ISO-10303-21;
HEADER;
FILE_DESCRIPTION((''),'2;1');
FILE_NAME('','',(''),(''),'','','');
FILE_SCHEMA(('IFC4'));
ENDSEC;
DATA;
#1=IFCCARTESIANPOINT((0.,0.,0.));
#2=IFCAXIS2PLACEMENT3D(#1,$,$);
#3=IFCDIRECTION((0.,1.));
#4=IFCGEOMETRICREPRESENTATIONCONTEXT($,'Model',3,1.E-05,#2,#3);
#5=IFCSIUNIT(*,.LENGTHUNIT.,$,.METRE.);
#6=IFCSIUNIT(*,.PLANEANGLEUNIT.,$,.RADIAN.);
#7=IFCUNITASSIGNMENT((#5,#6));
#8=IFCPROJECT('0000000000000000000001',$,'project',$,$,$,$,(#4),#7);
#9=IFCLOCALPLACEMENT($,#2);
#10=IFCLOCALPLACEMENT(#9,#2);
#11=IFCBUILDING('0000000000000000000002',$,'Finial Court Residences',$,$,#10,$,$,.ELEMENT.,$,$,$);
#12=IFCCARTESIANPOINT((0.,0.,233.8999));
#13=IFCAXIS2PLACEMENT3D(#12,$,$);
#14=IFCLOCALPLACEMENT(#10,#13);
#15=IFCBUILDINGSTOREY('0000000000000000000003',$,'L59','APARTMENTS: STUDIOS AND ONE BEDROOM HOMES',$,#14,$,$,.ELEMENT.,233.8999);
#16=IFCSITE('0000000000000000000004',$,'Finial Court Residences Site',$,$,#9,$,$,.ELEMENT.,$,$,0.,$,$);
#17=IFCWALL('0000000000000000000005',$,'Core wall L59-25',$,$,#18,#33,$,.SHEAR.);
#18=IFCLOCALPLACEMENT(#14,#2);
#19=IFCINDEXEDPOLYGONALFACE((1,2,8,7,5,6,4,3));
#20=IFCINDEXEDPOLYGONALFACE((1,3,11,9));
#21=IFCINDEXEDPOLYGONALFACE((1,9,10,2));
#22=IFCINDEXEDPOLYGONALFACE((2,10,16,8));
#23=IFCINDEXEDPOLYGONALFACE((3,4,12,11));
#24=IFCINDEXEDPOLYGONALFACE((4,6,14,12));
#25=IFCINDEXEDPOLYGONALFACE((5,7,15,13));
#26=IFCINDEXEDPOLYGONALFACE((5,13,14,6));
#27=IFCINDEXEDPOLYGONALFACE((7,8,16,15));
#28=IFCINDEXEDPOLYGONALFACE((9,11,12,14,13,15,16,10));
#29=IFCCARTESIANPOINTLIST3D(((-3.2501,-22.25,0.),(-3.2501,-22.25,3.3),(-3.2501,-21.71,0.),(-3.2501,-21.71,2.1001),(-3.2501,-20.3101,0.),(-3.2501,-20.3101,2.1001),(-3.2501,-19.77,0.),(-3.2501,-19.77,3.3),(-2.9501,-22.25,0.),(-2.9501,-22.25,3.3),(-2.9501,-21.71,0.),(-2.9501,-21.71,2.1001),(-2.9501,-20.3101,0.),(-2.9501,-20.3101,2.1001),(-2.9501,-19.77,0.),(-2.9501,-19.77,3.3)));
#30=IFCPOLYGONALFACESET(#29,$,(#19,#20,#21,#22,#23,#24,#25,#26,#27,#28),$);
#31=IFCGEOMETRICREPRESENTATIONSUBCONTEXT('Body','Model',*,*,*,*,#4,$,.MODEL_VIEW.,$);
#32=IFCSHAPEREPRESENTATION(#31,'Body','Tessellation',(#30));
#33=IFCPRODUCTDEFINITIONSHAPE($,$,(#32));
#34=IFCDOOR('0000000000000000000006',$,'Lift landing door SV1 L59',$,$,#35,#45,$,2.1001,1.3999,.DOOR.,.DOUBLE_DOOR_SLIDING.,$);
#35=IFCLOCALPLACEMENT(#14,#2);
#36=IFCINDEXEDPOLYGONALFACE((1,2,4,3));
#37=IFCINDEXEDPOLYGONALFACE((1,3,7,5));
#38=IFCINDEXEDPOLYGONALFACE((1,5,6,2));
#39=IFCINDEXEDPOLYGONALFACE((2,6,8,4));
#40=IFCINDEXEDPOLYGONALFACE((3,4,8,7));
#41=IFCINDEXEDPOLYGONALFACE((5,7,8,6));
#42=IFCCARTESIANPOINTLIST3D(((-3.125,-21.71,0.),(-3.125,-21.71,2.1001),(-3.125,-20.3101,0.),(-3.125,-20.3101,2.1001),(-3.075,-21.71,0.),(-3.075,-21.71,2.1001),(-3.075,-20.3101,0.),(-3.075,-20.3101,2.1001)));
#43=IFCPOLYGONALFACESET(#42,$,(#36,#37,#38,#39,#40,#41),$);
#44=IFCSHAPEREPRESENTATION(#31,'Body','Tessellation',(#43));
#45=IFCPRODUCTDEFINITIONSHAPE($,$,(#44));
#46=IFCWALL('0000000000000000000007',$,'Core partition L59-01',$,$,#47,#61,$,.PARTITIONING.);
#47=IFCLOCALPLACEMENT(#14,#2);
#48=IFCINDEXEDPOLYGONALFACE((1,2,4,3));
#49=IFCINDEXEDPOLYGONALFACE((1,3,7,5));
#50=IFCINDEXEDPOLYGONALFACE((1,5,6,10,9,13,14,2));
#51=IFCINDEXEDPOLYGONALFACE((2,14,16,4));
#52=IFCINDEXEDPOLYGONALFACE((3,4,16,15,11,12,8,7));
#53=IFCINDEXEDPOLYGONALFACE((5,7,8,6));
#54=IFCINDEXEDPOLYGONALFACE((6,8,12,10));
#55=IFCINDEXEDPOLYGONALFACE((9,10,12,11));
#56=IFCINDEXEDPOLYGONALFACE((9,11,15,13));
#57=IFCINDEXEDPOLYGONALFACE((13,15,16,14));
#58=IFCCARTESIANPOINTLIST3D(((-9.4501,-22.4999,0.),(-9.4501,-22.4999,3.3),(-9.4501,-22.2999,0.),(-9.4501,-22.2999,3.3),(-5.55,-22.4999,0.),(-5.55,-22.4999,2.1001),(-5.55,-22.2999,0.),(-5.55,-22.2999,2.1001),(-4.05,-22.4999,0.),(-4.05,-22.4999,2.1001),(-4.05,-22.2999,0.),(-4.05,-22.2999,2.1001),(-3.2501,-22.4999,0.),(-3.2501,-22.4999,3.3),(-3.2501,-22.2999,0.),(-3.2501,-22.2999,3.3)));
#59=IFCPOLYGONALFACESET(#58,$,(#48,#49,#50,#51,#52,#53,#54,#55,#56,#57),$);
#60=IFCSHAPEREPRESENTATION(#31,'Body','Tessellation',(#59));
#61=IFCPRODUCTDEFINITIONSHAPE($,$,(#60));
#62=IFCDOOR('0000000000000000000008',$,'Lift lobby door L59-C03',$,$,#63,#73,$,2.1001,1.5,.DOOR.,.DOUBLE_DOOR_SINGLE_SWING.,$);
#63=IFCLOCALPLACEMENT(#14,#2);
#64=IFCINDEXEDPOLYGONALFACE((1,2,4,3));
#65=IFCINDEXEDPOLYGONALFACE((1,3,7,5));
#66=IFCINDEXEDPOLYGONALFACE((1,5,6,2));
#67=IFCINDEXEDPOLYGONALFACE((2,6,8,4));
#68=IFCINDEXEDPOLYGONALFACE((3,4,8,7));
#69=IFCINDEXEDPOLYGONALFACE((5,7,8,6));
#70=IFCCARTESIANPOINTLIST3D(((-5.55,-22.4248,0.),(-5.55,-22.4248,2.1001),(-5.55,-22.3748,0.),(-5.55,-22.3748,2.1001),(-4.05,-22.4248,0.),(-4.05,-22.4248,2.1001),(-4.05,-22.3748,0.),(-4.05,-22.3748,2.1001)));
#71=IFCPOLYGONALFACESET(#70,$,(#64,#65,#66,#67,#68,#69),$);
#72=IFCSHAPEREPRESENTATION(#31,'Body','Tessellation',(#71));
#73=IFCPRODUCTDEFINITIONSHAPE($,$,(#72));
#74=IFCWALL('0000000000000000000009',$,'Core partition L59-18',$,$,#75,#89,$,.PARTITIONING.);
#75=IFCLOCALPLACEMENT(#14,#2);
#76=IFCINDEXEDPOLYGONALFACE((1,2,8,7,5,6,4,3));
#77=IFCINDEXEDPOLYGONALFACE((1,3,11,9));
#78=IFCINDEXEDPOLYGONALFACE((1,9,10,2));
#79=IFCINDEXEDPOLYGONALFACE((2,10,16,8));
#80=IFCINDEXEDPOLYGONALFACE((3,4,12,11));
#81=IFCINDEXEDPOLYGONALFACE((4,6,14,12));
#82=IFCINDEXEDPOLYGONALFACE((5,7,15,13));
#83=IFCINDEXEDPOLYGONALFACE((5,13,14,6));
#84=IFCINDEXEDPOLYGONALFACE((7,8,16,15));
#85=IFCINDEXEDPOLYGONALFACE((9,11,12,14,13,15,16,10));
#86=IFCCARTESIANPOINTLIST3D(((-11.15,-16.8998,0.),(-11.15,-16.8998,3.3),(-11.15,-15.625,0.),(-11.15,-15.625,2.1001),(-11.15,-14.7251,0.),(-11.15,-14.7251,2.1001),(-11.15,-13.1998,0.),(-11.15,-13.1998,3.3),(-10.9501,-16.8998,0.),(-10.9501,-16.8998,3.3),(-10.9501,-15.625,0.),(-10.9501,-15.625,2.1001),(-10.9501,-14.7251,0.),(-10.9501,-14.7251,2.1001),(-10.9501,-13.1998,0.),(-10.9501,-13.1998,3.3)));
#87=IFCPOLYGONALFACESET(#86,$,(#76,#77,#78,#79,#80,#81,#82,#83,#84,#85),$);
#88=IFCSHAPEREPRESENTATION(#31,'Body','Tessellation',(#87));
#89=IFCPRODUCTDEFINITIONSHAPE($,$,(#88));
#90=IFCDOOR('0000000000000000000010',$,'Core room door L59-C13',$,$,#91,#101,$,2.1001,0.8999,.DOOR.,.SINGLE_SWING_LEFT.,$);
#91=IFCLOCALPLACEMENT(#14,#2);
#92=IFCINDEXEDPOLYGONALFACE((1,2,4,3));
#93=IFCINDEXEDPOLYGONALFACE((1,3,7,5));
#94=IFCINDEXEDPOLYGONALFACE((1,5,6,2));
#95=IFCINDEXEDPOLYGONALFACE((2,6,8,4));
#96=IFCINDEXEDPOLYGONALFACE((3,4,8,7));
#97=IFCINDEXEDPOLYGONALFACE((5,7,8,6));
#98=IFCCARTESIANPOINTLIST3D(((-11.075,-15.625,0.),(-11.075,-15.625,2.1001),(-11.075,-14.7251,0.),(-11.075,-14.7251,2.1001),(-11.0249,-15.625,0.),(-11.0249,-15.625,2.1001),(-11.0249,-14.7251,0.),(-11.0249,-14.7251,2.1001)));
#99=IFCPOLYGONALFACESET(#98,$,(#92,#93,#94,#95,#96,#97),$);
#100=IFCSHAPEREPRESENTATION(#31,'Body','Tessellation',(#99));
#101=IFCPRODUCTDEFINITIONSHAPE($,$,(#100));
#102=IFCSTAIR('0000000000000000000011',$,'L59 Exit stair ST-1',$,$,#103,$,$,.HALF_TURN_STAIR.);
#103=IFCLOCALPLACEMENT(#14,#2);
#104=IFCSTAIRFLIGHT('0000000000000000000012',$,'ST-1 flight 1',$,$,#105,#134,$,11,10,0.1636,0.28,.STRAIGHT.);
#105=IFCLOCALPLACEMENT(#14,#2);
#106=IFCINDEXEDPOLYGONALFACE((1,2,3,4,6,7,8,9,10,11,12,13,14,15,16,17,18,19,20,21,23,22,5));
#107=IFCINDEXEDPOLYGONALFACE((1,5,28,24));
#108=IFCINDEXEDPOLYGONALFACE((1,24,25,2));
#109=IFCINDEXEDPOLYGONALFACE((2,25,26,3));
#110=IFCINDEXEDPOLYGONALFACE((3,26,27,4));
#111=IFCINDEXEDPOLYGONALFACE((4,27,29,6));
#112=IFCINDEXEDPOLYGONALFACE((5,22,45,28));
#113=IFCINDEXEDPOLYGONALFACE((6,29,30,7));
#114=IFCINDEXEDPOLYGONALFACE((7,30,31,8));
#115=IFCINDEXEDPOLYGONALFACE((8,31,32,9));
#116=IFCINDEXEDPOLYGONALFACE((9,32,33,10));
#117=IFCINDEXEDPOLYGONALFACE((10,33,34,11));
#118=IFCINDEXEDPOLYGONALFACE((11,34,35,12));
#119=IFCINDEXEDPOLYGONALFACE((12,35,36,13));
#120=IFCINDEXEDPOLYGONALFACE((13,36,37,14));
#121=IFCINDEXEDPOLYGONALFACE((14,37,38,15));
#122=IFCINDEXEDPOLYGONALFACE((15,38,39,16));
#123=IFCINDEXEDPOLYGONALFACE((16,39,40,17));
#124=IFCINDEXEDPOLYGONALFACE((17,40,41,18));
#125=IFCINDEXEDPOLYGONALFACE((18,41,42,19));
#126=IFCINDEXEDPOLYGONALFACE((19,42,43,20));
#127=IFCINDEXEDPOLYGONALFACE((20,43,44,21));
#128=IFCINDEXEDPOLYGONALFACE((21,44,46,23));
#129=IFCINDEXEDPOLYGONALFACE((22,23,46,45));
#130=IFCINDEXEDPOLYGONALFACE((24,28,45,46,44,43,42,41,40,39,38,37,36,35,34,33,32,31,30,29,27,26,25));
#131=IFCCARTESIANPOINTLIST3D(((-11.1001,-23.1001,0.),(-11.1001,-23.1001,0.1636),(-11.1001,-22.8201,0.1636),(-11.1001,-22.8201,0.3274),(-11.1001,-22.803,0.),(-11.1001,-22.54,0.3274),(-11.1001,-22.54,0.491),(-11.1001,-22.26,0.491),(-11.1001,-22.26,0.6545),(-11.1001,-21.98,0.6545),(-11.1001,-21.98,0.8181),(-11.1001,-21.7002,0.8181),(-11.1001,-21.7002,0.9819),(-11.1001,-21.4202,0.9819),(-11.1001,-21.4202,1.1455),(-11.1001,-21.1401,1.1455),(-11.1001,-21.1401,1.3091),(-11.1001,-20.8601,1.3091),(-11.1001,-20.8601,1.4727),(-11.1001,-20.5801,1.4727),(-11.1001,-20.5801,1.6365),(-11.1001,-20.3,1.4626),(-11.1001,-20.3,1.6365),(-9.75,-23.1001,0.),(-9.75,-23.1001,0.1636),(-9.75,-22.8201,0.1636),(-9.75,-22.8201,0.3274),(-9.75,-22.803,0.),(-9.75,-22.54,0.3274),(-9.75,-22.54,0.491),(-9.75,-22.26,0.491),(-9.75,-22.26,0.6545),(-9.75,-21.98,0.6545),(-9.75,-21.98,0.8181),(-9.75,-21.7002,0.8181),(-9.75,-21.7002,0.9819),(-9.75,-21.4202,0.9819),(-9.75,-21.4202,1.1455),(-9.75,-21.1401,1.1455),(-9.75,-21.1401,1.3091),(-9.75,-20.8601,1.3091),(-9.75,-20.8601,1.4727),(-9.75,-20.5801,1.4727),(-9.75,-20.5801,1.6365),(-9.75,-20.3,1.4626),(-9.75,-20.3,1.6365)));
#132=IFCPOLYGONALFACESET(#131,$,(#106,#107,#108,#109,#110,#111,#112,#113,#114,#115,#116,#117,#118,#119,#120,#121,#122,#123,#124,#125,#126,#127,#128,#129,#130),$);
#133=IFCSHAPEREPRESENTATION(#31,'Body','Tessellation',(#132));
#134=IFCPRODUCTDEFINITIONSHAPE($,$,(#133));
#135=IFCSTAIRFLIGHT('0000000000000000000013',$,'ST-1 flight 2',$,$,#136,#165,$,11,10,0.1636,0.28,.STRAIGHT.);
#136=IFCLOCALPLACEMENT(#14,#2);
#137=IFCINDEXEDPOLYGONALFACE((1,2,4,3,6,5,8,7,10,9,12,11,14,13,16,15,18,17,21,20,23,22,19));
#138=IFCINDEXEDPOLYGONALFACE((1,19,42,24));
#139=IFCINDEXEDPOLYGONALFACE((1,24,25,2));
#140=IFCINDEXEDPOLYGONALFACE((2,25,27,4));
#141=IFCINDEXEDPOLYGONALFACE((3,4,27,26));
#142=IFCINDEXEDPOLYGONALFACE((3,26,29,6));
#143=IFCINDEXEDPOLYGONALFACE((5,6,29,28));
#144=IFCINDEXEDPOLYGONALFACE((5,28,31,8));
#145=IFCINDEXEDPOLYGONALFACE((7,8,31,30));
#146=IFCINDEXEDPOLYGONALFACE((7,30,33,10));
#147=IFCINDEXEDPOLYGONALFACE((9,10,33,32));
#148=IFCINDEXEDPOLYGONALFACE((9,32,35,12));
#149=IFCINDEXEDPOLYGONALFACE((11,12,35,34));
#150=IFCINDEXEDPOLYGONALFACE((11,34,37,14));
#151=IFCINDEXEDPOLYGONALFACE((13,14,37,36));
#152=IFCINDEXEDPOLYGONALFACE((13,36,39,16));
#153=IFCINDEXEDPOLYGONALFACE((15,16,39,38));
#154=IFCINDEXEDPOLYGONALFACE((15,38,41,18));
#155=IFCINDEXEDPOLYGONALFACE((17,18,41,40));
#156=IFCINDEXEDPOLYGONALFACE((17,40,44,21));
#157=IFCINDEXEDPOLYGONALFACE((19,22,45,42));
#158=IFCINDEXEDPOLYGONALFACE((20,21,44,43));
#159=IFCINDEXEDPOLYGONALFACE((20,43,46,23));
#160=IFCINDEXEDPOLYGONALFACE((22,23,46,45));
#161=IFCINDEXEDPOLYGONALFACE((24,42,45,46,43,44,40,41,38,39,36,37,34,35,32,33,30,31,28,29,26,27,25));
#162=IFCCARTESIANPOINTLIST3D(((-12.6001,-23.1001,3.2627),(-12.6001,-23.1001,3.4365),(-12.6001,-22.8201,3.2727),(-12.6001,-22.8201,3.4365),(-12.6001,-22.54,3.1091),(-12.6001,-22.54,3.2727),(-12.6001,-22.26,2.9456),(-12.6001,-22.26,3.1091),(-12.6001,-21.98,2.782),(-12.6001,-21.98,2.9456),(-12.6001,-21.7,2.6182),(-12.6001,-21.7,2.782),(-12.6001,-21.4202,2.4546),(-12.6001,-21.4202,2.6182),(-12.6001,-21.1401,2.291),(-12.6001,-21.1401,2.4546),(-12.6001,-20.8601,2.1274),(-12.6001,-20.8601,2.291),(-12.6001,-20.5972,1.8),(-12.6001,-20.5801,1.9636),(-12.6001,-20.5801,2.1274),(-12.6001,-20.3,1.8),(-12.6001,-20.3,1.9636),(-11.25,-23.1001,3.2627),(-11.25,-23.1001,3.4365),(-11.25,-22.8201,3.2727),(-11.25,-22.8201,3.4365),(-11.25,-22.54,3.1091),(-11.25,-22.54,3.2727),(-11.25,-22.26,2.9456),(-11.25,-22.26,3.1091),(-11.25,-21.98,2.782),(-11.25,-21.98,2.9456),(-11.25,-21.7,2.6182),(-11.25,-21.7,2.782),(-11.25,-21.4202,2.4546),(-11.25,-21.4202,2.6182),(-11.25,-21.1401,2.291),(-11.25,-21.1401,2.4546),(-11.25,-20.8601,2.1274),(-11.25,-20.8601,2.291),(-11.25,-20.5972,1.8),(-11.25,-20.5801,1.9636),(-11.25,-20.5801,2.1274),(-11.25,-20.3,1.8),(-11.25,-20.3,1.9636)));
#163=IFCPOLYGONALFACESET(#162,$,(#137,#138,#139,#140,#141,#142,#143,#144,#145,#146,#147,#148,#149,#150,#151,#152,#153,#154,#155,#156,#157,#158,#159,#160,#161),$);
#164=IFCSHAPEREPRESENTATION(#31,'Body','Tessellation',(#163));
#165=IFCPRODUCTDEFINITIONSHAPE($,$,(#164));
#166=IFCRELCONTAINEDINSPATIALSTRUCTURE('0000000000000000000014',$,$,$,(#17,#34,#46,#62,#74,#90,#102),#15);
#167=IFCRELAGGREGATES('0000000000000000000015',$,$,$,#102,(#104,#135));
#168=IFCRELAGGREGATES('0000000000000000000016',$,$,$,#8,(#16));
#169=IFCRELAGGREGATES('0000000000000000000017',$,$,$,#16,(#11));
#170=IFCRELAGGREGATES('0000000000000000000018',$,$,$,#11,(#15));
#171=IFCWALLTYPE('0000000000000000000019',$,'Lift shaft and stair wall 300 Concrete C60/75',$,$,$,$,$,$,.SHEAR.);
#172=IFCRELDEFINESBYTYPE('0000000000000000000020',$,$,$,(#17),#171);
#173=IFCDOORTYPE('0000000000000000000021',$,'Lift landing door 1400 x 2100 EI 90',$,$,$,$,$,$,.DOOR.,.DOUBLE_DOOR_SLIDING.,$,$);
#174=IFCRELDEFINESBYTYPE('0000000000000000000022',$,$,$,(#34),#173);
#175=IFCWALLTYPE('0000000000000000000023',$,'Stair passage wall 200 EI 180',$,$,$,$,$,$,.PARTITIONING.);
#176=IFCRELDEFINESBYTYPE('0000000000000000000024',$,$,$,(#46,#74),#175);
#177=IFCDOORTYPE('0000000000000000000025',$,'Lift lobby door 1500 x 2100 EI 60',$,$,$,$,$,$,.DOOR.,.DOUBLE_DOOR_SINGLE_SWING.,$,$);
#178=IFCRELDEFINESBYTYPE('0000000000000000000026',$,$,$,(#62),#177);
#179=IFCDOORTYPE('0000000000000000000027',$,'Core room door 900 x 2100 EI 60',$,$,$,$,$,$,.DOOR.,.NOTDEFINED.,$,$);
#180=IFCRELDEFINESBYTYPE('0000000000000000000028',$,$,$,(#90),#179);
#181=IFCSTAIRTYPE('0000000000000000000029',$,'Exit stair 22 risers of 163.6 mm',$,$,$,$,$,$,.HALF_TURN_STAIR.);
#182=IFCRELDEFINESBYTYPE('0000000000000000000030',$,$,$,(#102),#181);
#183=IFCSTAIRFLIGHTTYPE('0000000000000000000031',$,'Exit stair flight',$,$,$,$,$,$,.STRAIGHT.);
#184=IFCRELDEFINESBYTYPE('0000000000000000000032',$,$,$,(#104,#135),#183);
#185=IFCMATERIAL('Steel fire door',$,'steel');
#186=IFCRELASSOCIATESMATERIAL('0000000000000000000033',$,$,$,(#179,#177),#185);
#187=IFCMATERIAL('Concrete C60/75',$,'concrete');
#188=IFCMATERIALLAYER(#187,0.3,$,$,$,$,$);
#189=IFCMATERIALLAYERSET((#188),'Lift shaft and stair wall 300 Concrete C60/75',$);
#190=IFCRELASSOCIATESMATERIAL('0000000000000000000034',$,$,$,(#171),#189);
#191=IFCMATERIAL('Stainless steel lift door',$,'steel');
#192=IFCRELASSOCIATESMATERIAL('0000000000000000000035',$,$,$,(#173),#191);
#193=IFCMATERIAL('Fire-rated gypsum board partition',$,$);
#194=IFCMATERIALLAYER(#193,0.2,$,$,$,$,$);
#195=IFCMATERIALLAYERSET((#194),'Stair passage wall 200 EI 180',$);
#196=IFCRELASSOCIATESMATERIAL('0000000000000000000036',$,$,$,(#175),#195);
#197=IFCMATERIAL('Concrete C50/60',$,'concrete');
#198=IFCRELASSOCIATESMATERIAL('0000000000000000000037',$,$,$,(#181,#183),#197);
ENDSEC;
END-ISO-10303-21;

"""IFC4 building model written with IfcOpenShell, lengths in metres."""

from ifc_helpers import new_model, si_unit, direction, frame, frame_2d, origin, place, context, subcontext, project, spatial, polyline, rectangle, outline, extrude, material, layer, layer_set, type_object, element, fill, aggregate, save


model = new_model("IFC4")

# Units and contexts
model_context = context("Model", 3, precision=1e-05, world=origin(), true_north=direction((0.0, 1.0)))
body_context = subcontext(model_context, "Body", "Model", "MODEL_VIEW")
ifc_project = project(units=[si_unit("LENGTHUNIT", "METRE"), si_unit("PLANEANGLEUNIT", "RADIAN")], contexts=[model_context])

# Site, building, storey
site_placement = place(None, origin())
site = spatial("IfcSite", under=ifc_project, at=site_placement, Name="Finial Court Residences Site", CompositionType="ELEMENT", RefElevation=0.0)
building_placement = place(site_placement, origin())
building = spatial("IfcBuilding", under=site, at=building_placement, Name="Finial Court Residences", CompositionType="ELEMENT")
storey_placement = place(building_placement, frame((0.0, 0.0, 233.8999)))
storey = spatial("IfcBuildingStorey", under=building, at=storey_placement, Name="L59", Description="APARTMENTS: STUDIOS AND ONE BEDROOM HOMES", CompositionType="ELEMENT", Elevation=233.8999)

# Shared definitions
ifc_material_1 = material(Name="Concrete C60/75", Category="concrete")

# Shared definitions
ifc_material_2 = material(Name="Fire-rated gypsum board partition")
ifc_material_3 = material(Name="Steel fire door", Category="steel")
door_type_1 = type_object("IfcDoorType", Name="Core room door 900 x 2100 EI 60", OperationType="NOTDEFINED", PredefinedType="DOOR", material=ifc_material_3)

# Shared definitions
ifc_layer_1 = layer(ifc_material_1, 0.3)
ifc_layer_set_1 = layer_set([ifc_layer_1], Name="Lift shaft and stair wall 300 Concrete C60/75")
wall_type_1 = type_object("IfcWallType", Name="Lift shaft and stair wall 300 Concrete C60/75", PredefinedType="SHEAR", material=ifc_layer_set_1)

# Walls, openings, doors
wall_1_placement = place(storey_placement, frame((-3.1001, -22.25, 0.0), z_axis=(0.0, 0.0, 1.0), x_axis=(0.0, 1.0, 0.0)))
wall_1 = element("IfcWall", 1, at=wall_1_placement, inside=storey, type_object=wall_type_1, Name="Core wall L59-25", PredefinedType="SHEAR", context=body_context, shape_type="SweptSolid", body=[
    extrude(rectangle(XDim=2.48, YDim=0.3, at=frame_2d((1.24, 0.0))), origin(), (0.0, 0.0, 1.0), 3.3),
])
opening_1_placement = place(wall_1_placement, frame((0.54, 0.0, 0.0)))
opening_1 = element("IfcOpeningElement", 2, at=opening_1_placement, cuts=wall_1, PredefinedType="OPENING", context=body_context, shape_type="SweptSolid", body=[
    extrude(rectangle(XDim=1.3999, YDim=2.1001, at=frame_2d((0.7, 1.05))), frame((0.0, 0.1599, 0.0), z_axis=(0.0, -1.0, 0.0), x_axis=(1.0, 0.0, 0.0)), (0.0, 0.0, 1.0), 0.3201),
])
ifc_material_4 = material(Name="Stainless steel lift door", Category="steel")
door_type_2 = type_object("IfcDoorType", Name="Lift landing door 1400 x 2100 EI 90", OperationType="DOUBLE_DOOR_SLIDING", PredefinedType="DOOR", material=ifc_material_4)
door_1_placement = place(opening_1_placement, origin())
door_1 = element("IfcDoor", 3, at=door_1_placement, inside=storey, type_object=door_type_2, Name="Lift landing door SV1 L59", OperationType="DOUBLE_DOOR_SLIDING", OverallHeight=2.1001, OverallWidth=1.3999, PredefinedType="DOOR", context=body_context, shape_type="SweptSolid", body=[
    extrude(rectangle(XDim=1.3999, YDim=2.1001, at=frame_2d((0.7, 1.05))), frame((0.0, 0.0249, 0.0), z_axis=(0.0, -1.0, 0.0), x_axis=(1.0, 0.0, 0.0)), (0.0, 0.0, 1.0), 0.05),
])
fill(opening_1, door_1)
ifc_layer_2 = layer(ifc_material_2, 0.2)
ifc_layer_set_2 = layer_set([ifc_layer_2], Name="Stair passage wall 200 EI 180")
wall_type_2 = type_object("IfcWallType", Name="Stair passage wall 200 EI 180", PredefinedType="PARTITIONING", material=ifc_layer_set_2)
wall_2_placement = place(storey_placement, frame((-3.25, -22.3999, 0.0), z_axis=(0.0, 0.0, 1.0), x_axis=(-1.0, 0.0, 0.0)))
wall_2 = element("IfcWall", 4, at=wall_2_placement, inside=storey, type_object=wall_type_2, Name="Core partition L59-01", PredefinedType="PARTITIONING", context=body_context, shape_type="SweptSolid", body=[
    extrude(rectangle(XDim=6.2, YDim=0.2, at=frame_2d((3.1001, 0.0))), origin(), (0.0, 0.0, 1.0), 3.3),
])
opening_2_placement = place(wall_2_placement, frame((0.8, 0.0, 0.0)))
opening_2 = element("IfcOpeningElement", 5, at=opening_2_placement, cuts=wall_2, PredefinedType="OPENING", context=body_context, shape_type="SweptSolid", body=[
    extrude(rectangle(XDim=1.5, YDim=2.1001, at=frame_2d((0.75, 1.05))), frame((0.0, 0.1099, 0.0), z_axis=(0.0, -1.0, 0.0), x_axis=(1.0, 0.0, 0.0)), (0.0, 0.0, 1.0), 0.22),
])
door_type_3 = type_object("IfcDoorType", Name="Lift lobby door 1500 x 2100 EI 60", OperationType="DOUBLE_DOOR_SINGLE_SWING", PredefinedType="DOOR", material=ifc_material_3)
door_2_placement = place(opening_2_placement, origin())
door_2 = element("IfcDoor", 6, at=door_2_placement, inside=storey, type_object=door_type_3, Name="Lift lobby door L59-C03", OperationType="DOUBLE_DOOR_SINGLE_SWING", OverallHeight=2.1001, OverallWidth=1.5, PredefinedType="DOOR", context=body_context, shape_type="SweptSolid", body=[
    extrude(rectangle(XDim=1.5, YDim=2.1001, at=frame_2d((0.75, 1.05))), frame((0.0, 0.0249, 0.0), z_axis=(0.0, -1.0, 0.0), x_axis=(1.0, 0.0, 0.0)), (0.0, 0.0, 1.0), 0.05),
])
fill(opening_2, door_2)
wall_3_placement = place(storey_placement, frame((-11.05, -16.8999, 0.0), z_axis=(0.0, 0.0, 1.0), x_axis=(0.0, 1.0, 0.0)))
wall_3 = element("IfcWall", 7, at=wall_3_placement, inside=storey, type_object=wall_type_2, Name="Core partition L59-18", PredefinedType="PARTITIONING", context=body_context, shape_type="SweptSolid", body=[
    extrude(rectangle(XDim=3.7, YDim=0.2, at=frame_2d((1.8501, 0.0))), origin(), (0.0, 0.0, 1.0), 3.3),
])
opening_3_placement = place(wall_3_placement, frame((1.2749, 0.0, 0.0)))
opening_3 = element("IfcOpeningElement", 8, at=opening_3_placement, cuts=wall_3, PredefinedType="OPENING", context=body_context, shape_type="SweptSolid", body=[
    extrude(rectangle(XDim=0.8999, YDim=2.1001, at=frame_2d((0.45, 1.05))), frame((0.0, 0.1099, 0.0), z_axis=(0.0, -1.0, 0.0), x_axis=(1.0, 0.0, 0.0)), (0.0, 0.0, 1.0), 0.22),
])
door_3_placement = place(opening_3_placement, origin())
door_3 = element("IfcDoor", 9, at=door_3_placement, inside=storey, type_object=door_type_1, Name="Core room door L59-C13", OperationType="SINGLE_SWING_LEFT", OverallHeight=2.1001, OverallWidth=0.8999, PredefinedType="DOOR", context=body_context, shape_type="SweptSolid", body=[
    extrude(rectangle(XDim=0.8999, YDim=2.1001, at=frame_2d((0.45, 1.05))), frame((0.0, 0.0249, 0.0), z_axis=(0.0, -1.0, 0.0), x_axis=(1.0, 0.0, 0.0)), (0.0, 0.0, 1.0), 0.05),
])
fill(opening_3, door_3)

# Stair, stair flights
ifc_material_5 = material(Name="Concrete C50/60", Category="concrete")
stair_type = type_object("IfcStairType", Name="Exit stair 22 risers of 163.6 mm", PredefinedType="HALF_TURN_STAIR", material=ifc_material_5)
stair_placement = place(storey_placement, origin())
stair = element("IfcStair", 10, at=stair_placement, inside=storey, type_object=stair_type, Name="L59 Exit stair ST-1", PredefinedType="HALF_TURN_STAIR")
stair_flight_type = type_object("IfcStairFlightType", Name="Exit stair flight", PredefinedType="STRAIGHT", material=ifc_material_5)
stair_flight_1_placement = place(storey_placement, frame((-10.425, -23.1001, 0.0), z_axis=(0.0, 0.0, 1.0), x_axis=(0.0, 1.0, 0.0)))
stair_flight_1 = element("IfcStairFlight", 11, at=stair_flight_1_placement, type_object=stair_flight_type, Name="ST-1 flight 1", NumberOfRisers=11, NumberOfTreads=10, PredefinedType="STRAIGHT", RiserHeight=0.1636, TreadLength=0.28, context=body_context, shape_type="SweptSolid", body=[
    extrude(outline(polyline([(0.0, 0.0), (0.0, 0.1636), (0.28, 0.1636), (0.28, 0.3274), (0.5601, 0.3274), (0.5601, 0.491), (0.8401, 0.491), (0.8401, 0.6545), (1.1201, 0.6545), (1.1201, 0.8181), (1.3999, 0.8181), (1.3999, 0.9819), (1.6799, 0.9819), (1.6799, 1.1455), (1.96, 1.1455), (1.96, 1.3091), (2.24, 1.3091), (2.24, 1.4727), (2.52, 1.4727), (2.52, 1.6365), (2.8, 1.6365), (2.8, 1.8), (2.8, 1.4626), (0.2971, 0.0), (0.0, 0.0)])), frame((0.0, 0.675, 0.0), z_axis=(0.0, -1.0, 0.0), x_axis=(1.0, 0.0, 0.0)), (0.0, 0.0, 1.0), 1.3501),
])
stair_flight_2_placement = place(storey_placement, frame((-11.925, -20.3, 1.8), z_axis=(0.0, 0.0, 1.0), x_axis=(0.0, -1.0, 0.0)))
stair_flight_2 = element("IfcStairFlight", 12, at=stair_flight_2_placement, type_object=stair_flight_type, Name="ST-1 flight 2", NumberOfRisers=11, NumberOfTreads=10, PredefinedType="STRAIGHT", RiserHeight=0.1636, TreadLength=0.28, context=body_context, shape_type="SweptSolid", body=[
    extrude(outline(polyline([(0.0, 0.0), (0.0, 0.1636), (0.28, 0.1636), (0.28, 0.3274), (0.5601, 0.3274), (0.5601, 0.491), (0.8401, 0.491), (0.8401, 0.6545), (1.1201, 0.6545), (1.1201, 0.8181), (1.3999, 0.8181), (1.3999, 0.9819), (1.6799, 0.9819), (1.6799, 1.1455), (1.96, 1.1455), (1.96, 1.3091), (2.24, 1.3091), (2.24, 1.4727), (2.52, 1.4727), (2.52, 1.6365), (2.8, 1.6365), (2.8, 1.8), (2.8, 1.4626), (0.2971, 0.0), (0.0, 0.0)])), frame((0.0, 0.675, 0.0), z_axis=(0.0, -1.0, 0.0), x_axis=(1.0, 0.0, 0.0)), (0.0, 0.0, 1.0), 1.3501),
])
aggregate(stair, [stair_flight_1, stair_flight_2])

save(model, "model.ifc")
